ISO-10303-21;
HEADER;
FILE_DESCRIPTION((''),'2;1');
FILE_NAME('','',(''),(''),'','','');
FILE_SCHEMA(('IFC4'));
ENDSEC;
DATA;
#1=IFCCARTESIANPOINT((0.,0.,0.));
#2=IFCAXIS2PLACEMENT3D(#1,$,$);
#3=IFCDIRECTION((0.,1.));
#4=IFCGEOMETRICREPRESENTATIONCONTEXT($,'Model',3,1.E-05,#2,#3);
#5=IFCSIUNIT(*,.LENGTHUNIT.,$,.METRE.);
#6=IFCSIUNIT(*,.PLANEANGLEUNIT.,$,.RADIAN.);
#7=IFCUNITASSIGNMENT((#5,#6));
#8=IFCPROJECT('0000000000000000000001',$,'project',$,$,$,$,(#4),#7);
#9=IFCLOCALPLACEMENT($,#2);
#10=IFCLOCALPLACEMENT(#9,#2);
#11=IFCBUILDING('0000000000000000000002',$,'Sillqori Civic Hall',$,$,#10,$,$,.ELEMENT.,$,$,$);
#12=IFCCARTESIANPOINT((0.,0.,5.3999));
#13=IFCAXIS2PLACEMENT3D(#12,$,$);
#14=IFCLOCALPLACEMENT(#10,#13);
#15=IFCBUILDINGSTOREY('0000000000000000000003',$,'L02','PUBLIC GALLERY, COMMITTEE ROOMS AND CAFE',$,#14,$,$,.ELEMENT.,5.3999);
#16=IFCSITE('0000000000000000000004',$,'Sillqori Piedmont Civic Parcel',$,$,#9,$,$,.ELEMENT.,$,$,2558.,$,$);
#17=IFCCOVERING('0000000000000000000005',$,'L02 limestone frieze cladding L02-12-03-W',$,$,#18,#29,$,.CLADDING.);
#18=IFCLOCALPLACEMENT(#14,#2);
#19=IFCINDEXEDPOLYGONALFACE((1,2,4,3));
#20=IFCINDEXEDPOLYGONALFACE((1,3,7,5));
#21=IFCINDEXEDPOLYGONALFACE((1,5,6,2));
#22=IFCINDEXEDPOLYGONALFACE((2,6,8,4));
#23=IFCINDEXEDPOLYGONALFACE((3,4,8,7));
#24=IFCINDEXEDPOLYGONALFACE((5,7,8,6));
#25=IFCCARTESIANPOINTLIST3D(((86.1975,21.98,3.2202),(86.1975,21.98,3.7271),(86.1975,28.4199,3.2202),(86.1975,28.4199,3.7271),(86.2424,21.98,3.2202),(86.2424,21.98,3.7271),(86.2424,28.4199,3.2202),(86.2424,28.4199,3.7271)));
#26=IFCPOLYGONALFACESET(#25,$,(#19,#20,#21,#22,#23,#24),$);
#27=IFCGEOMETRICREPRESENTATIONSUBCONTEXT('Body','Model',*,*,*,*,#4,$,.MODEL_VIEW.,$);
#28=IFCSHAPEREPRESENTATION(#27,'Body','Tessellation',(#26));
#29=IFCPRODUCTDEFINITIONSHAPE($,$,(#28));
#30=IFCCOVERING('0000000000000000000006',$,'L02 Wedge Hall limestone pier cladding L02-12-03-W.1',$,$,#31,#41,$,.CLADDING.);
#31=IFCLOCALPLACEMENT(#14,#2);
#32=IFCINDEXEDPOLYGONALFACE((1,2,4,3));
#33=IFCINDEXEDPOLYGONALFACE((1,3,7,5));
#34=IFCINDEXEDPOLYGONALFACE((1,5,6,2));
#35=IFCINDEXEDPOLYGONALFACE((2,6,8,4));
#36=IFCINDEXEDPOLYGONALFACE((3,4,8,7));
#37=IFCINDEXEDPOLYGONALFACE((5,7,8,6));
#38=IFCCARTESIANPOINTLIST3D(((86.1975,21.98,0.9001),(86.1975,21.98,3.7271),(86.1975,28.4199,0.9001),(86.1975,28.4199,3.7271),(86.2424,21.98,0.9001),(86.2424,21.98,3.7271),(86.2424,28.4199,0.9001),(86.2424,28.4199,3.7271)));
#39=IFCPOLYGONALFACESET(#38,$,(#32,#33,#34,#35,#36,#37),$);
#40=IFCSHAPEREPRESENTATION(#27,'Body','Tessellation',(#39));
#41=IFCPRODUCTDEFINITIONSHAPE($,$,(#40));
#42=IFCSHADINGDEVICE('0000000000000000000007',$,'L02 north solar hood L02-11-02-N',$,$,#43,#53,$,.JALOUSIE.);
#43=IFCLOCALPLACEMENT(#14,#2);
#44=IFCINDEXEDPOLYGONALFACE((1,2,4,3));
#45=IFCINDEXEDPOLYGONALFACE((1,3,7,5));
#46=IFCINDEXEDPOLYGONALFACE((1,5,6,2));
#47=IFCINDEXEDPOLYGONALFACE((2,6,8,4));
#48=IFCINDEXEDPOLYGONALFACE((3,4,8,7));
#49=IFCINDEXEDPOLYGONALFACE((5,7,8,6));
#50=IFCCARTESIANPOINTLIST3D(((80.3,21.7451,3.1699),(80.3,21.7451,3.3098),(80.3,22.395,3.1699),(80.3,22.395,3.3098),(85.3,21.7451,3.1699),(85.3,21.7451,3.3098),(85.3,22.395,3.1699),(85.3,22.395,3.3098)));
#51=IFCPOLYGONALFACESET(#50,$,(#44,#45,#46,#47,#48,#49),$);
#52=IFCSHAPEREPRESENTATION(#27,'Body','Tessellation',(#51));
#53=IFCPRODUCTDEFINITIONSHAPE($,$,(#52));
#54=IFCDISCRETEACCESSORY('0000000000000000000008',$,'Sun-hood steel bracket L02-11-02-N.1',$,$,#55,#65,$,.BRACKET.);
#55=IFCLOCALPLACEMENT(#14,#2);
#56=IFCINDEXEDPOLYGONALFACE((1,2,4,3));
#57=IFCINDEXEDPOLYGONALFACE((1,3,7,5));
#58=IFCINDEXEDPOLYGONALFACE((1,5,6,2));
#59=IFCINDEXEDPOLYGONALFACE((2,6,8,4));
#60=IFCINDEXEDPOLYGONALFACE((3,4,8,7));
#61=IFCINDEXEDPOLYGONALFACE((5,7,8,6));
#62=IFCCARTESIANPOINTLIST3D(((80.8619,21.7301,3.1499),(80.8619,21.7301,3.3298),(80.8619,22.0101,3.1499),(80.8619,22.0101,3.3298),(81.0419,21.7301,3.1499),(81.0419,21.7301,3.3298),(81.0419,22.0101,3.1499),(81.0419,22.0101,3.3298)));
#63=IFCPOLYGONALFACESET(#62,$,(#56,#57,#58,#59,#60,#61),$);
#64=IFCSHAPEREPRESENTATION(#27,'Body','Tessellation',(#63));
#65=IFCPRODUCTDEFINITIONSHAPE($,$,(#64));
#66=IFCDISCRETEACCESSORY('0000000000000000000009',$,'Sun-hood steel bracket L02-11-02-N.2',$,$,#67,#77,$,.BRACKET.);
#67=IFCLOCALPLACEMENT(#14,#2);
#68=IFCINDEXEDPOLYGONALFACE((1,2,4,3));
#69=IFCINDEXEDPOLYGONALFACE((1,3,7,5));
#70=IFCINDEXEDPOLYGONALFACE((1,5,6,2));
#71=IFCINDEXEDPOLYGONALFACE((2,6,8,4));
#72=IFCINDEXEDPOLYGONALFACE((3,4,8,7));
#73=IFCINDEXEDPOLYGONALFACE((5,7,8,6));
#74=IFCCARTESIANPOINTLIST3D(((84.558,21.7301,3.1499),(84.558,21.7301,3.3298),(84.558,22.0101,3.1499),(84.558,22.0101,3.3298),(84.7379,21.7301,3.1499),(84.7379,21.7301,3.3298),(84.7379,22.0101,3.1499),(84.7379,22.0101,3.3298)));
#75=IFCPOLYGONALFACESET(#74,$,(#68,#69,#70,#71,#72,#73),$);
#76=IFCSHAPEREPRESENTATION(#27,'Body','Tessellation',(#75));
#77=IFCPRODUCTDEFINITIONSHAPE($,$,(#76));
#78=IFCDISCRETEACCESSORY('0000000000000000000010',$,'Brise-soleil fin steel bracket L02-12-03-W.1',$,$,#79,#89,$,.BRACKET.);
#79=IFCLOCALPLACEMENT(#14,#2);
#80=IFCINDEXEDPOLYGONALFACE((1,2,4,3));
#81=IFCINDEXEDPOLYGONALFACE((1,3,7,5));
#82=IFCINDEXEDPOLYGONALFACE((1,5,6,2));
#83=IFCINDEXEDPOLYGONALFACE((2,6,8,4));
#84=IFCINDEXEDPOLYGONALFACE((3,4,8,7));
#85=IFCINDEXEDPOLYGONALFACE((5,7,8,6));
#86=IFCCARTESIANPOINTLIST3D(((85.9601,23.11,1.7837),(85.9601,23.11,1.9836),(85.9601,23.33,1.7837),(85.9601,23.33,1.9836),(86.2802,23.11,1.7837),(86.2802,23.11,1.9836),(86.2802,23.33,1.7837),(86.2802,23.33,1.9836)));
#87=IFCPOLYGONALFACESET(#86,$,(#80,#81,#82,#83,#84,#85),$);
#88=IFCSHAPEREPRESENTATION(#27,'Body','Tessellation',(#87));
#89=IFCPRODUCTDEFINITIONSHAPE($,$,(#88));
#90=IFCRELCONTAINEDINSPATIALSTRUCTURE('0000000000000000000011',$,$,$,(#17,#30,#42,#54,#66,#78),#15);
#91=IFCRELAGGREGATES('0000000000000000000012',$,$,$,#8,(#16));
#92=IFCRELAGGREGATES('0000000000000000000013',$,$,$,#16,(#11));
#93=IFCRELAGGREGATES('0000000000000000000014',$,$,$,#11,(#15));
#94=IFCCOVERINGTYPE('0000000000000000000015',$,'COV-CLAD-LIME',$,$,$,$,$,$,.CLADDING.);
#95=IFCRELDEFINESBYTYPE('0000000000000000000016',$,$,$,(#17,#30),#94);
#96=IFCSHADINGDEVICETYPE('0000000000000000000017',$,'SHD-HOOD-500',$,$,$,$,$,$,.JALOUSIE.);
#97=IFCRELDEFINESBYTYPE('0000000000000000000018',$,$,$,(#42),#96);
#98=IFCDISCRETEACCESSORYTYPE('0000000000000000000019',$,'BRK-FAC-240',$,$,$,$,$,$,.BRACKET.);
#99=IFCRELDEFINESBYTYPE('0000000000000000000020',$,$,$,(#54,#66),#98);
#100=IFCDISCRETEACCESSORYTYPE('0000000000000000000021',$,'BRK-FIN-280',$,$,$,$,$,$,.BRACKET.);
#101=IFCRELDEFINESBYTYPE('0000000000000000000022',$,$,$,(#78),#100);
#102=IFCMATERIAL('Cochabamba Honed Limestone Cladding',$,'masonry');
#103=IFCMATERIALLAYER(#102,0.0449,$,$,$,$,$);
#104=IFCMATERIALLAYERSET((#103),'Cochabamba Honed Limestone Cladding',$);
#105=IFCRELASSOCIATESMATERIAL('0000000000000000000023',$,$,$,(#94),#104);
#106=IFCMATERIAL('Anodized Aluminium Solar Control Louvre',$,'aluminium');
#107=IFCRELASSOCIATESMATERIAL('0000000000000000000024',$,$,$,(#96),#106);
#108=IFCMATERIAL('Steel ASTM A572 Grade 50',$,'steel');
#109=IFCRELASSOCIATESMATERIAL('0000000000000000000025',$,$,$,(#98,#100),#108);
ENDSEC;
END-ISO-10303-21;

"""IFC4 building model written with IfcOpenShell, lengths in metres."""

from ifc_helpers import new_model, si_unit, direction, frame, frame_2d, origin, origin_2d, place, context, subcontext, project, spatial, rectangle, extrude, material, layer, layer_set, type_object, element, save


model = new_model("IFC4")

# Units and contexts
model_context = context("Model", 3, precision=1e-05, world=origin(), true_north=direction((0.0, 1.0)))
body_context = subcontext(model_context, "Body", "Model", "MODEL_VIEW")
ifc_project = project(units=[si_unit("LENGTHUNIT", "METRE"), si_unit("PLANEANGLEUNIT", "RADIAN")], contexts=[model_context])

# Site, building, storey
site_placement = place(None, origin())
site = spatial("IfcSite", under=ifc_project, at=site_placement, Name="Sillqori Piedmont Civic Parcel", CompositionType="ELEMENT", RefElevation=2558.0)
building_placement = place(site_placement, origin())
building = spatial("IfcBuilding", under=site, at=building_placement, Name="Sillqori Civic Hall", CompositionType="ELEMENT")
storey_placement = place(building_placement, frame((0.0, 0.0, 5.3999)))
storey = spatial("IfcBuildingStorey", under=building, at=storey_placement, Name="L02", Description="PUBLIC GALLERY, COMMITTEE ROOMS AND CAFE", CompositionType="ELEMENT", Elevation=5.3999)

# Coverings
ifc_material_1 = material(Name="Cochabamba Honed Limestone Cladding", Category="masonry")
ifc_layer_1 = layer(ifc_material_1, 0.0449)
ifc_layer_set_1 = layer_set([ifc_layer_1], Name="Cochabamba Honed Limestone Cladding")
covering_type = type_object("IfcCoveringType", Name="COV-CLAD-LIME", PredefinedType="CLADDING", material=ifc_layer_set_1)
covering_1_placement = place(storey_placement, frame((86.22, 21.98, 3.2202), z_axis=(0.0, 0.0, 1.0), x_axis=(0.0, 1.0, 0.0)))
element("IfcCovering", 1, at=covering_1_placement, inside=storey, type_object=covering_type, Name="L02 limestone frieze cladding L02-12-03-W", PredefinedType="CLADDING", context=body_context, shape_type="SweptSolid", body=[
    extrude(rectangle(XDim=6.4399, YDim=0.0449, at=frame_2d((3.22, 0.0))), origin(), (0.0, 0.0, 1.0), 0.5068),
])
covering_2_placement = place(storey_placement, frame((86.22, 21.98, 0.9001), z_axis=(0.0, 0.0, 1.0), x_axis=(0.0, 1.0, 0.0)))
element("IfcCovering", 2, at=covering_2_placement, inside=storey, type_object=covering_type, Name="L02 Wedge Hall limestone pier cladding L02-12-03-W.1", PredefinedType="CLADDING", context=body_context, shape_type="SweptSolid", body=[
    extrude(rectangle(XDim=6.4399, YDim=0.0449, at=frame_2d((3.22, 0.0))), origin(), (0.0, 0.0, 1.0), 2.8269),
])

# Shading device
ifc_material_2 = material(Name="Anodized Aluminium Solar Control Louvre", Category="aluminium")
shading_device_type = type_object("IfcShadingDeviceType", Name="SHD-HOOD-500", PredefinedType="JALOUSIE", material=ifc_material_2)
shading_device_placement = place(storey_placement, frame((82.8, 22.0701, 3.1699), z_axis=(0.0, 0.0, 1.0), x_axis=(1.0, 0.0, 0.0)))
element("IfcShadingDevice", 3, at=shading_device_placement, inside=storey, type_object=shading_device_type, Name="L02 north solar hood L02-11-02-N", PredefinedType="JALOUSIE", context=body_context, shape_type="SweptSolid", body=[
    extrude(rectangle(XDim=5.0, YDim=0.6499, at=origin_2d()), origin(), (0.0, 0.0, 1.0), 0.1399),
])

# Discrete accessories
ifc_material_3 = material(Name="Steel ASTM A572 Grade 50", Category="steel")
discrete_accessory_type_1 = type_object("IfcDiscreteAccessoryType", Name="BRK-FAC-240", PredefinedType="BRACKET", material=ifc_material_3)
for number, where, z_axis, x_axis, name in (
    (4, (80.9519, 21.8701, 3.1499), (0.0, 0.0, 1.0), (1.0, 0.0, 0.0), "Sun-hood steel bracket L02-11-02-N.1"),
    (5, (84.6479, 21.8701, 3.1499), (0.0, 0.0, 1.0), (1.0, 0.0, 0.0), "Sun-hood steel bracket L02-11-02-N.2"),
):
    element("IfcDiscreteAccessory", number, at=place(storey_placement, frame(where, z_axis=z_axis, x_axis=x_axis)), inside=storey, type_object=discrete_accessory_type_1, Name=name, PredefinedType="BRACKET", context=body_context, shape_type="SweptSolid", body=[
        extrude(rectangle(XDim=0.1799, YDim=0.28, at=origin_2d()), origin(), (0.0, 0.0, 1.0), 0.1799),
    ])
discrete_accessory_type_2 = type_object("IfcDiscreteAccessoryType", Name="BRK-FIN-280", PredefinedType="BRACKET", material=ifc_material_3)
discrete_accessory_placement = place(storey_placement, frame((86.1201, 23.22, 1.7837), z_axis=(0.0, 0.0, 1.0), x_axis=(0.0, 1.0, 0.0)))
element("IfcDiscreteAccessory", 6, at=discrete_accessory_placement, inside=storey, type_object=discrete_accessory_type_2, Name="Brise-soleil fin steel bracket L02-12-03-W.1", PredefinedType="BRACKET", context=body_context, shape_type="SweptSolid", body=[
    extrude(rectangle(XDim=0.22, YDim=0.3201, at=origin_2d()), origin(), (0.0, 0.0, 1.0), 0.2),
])

save(model, "model.ifc")
